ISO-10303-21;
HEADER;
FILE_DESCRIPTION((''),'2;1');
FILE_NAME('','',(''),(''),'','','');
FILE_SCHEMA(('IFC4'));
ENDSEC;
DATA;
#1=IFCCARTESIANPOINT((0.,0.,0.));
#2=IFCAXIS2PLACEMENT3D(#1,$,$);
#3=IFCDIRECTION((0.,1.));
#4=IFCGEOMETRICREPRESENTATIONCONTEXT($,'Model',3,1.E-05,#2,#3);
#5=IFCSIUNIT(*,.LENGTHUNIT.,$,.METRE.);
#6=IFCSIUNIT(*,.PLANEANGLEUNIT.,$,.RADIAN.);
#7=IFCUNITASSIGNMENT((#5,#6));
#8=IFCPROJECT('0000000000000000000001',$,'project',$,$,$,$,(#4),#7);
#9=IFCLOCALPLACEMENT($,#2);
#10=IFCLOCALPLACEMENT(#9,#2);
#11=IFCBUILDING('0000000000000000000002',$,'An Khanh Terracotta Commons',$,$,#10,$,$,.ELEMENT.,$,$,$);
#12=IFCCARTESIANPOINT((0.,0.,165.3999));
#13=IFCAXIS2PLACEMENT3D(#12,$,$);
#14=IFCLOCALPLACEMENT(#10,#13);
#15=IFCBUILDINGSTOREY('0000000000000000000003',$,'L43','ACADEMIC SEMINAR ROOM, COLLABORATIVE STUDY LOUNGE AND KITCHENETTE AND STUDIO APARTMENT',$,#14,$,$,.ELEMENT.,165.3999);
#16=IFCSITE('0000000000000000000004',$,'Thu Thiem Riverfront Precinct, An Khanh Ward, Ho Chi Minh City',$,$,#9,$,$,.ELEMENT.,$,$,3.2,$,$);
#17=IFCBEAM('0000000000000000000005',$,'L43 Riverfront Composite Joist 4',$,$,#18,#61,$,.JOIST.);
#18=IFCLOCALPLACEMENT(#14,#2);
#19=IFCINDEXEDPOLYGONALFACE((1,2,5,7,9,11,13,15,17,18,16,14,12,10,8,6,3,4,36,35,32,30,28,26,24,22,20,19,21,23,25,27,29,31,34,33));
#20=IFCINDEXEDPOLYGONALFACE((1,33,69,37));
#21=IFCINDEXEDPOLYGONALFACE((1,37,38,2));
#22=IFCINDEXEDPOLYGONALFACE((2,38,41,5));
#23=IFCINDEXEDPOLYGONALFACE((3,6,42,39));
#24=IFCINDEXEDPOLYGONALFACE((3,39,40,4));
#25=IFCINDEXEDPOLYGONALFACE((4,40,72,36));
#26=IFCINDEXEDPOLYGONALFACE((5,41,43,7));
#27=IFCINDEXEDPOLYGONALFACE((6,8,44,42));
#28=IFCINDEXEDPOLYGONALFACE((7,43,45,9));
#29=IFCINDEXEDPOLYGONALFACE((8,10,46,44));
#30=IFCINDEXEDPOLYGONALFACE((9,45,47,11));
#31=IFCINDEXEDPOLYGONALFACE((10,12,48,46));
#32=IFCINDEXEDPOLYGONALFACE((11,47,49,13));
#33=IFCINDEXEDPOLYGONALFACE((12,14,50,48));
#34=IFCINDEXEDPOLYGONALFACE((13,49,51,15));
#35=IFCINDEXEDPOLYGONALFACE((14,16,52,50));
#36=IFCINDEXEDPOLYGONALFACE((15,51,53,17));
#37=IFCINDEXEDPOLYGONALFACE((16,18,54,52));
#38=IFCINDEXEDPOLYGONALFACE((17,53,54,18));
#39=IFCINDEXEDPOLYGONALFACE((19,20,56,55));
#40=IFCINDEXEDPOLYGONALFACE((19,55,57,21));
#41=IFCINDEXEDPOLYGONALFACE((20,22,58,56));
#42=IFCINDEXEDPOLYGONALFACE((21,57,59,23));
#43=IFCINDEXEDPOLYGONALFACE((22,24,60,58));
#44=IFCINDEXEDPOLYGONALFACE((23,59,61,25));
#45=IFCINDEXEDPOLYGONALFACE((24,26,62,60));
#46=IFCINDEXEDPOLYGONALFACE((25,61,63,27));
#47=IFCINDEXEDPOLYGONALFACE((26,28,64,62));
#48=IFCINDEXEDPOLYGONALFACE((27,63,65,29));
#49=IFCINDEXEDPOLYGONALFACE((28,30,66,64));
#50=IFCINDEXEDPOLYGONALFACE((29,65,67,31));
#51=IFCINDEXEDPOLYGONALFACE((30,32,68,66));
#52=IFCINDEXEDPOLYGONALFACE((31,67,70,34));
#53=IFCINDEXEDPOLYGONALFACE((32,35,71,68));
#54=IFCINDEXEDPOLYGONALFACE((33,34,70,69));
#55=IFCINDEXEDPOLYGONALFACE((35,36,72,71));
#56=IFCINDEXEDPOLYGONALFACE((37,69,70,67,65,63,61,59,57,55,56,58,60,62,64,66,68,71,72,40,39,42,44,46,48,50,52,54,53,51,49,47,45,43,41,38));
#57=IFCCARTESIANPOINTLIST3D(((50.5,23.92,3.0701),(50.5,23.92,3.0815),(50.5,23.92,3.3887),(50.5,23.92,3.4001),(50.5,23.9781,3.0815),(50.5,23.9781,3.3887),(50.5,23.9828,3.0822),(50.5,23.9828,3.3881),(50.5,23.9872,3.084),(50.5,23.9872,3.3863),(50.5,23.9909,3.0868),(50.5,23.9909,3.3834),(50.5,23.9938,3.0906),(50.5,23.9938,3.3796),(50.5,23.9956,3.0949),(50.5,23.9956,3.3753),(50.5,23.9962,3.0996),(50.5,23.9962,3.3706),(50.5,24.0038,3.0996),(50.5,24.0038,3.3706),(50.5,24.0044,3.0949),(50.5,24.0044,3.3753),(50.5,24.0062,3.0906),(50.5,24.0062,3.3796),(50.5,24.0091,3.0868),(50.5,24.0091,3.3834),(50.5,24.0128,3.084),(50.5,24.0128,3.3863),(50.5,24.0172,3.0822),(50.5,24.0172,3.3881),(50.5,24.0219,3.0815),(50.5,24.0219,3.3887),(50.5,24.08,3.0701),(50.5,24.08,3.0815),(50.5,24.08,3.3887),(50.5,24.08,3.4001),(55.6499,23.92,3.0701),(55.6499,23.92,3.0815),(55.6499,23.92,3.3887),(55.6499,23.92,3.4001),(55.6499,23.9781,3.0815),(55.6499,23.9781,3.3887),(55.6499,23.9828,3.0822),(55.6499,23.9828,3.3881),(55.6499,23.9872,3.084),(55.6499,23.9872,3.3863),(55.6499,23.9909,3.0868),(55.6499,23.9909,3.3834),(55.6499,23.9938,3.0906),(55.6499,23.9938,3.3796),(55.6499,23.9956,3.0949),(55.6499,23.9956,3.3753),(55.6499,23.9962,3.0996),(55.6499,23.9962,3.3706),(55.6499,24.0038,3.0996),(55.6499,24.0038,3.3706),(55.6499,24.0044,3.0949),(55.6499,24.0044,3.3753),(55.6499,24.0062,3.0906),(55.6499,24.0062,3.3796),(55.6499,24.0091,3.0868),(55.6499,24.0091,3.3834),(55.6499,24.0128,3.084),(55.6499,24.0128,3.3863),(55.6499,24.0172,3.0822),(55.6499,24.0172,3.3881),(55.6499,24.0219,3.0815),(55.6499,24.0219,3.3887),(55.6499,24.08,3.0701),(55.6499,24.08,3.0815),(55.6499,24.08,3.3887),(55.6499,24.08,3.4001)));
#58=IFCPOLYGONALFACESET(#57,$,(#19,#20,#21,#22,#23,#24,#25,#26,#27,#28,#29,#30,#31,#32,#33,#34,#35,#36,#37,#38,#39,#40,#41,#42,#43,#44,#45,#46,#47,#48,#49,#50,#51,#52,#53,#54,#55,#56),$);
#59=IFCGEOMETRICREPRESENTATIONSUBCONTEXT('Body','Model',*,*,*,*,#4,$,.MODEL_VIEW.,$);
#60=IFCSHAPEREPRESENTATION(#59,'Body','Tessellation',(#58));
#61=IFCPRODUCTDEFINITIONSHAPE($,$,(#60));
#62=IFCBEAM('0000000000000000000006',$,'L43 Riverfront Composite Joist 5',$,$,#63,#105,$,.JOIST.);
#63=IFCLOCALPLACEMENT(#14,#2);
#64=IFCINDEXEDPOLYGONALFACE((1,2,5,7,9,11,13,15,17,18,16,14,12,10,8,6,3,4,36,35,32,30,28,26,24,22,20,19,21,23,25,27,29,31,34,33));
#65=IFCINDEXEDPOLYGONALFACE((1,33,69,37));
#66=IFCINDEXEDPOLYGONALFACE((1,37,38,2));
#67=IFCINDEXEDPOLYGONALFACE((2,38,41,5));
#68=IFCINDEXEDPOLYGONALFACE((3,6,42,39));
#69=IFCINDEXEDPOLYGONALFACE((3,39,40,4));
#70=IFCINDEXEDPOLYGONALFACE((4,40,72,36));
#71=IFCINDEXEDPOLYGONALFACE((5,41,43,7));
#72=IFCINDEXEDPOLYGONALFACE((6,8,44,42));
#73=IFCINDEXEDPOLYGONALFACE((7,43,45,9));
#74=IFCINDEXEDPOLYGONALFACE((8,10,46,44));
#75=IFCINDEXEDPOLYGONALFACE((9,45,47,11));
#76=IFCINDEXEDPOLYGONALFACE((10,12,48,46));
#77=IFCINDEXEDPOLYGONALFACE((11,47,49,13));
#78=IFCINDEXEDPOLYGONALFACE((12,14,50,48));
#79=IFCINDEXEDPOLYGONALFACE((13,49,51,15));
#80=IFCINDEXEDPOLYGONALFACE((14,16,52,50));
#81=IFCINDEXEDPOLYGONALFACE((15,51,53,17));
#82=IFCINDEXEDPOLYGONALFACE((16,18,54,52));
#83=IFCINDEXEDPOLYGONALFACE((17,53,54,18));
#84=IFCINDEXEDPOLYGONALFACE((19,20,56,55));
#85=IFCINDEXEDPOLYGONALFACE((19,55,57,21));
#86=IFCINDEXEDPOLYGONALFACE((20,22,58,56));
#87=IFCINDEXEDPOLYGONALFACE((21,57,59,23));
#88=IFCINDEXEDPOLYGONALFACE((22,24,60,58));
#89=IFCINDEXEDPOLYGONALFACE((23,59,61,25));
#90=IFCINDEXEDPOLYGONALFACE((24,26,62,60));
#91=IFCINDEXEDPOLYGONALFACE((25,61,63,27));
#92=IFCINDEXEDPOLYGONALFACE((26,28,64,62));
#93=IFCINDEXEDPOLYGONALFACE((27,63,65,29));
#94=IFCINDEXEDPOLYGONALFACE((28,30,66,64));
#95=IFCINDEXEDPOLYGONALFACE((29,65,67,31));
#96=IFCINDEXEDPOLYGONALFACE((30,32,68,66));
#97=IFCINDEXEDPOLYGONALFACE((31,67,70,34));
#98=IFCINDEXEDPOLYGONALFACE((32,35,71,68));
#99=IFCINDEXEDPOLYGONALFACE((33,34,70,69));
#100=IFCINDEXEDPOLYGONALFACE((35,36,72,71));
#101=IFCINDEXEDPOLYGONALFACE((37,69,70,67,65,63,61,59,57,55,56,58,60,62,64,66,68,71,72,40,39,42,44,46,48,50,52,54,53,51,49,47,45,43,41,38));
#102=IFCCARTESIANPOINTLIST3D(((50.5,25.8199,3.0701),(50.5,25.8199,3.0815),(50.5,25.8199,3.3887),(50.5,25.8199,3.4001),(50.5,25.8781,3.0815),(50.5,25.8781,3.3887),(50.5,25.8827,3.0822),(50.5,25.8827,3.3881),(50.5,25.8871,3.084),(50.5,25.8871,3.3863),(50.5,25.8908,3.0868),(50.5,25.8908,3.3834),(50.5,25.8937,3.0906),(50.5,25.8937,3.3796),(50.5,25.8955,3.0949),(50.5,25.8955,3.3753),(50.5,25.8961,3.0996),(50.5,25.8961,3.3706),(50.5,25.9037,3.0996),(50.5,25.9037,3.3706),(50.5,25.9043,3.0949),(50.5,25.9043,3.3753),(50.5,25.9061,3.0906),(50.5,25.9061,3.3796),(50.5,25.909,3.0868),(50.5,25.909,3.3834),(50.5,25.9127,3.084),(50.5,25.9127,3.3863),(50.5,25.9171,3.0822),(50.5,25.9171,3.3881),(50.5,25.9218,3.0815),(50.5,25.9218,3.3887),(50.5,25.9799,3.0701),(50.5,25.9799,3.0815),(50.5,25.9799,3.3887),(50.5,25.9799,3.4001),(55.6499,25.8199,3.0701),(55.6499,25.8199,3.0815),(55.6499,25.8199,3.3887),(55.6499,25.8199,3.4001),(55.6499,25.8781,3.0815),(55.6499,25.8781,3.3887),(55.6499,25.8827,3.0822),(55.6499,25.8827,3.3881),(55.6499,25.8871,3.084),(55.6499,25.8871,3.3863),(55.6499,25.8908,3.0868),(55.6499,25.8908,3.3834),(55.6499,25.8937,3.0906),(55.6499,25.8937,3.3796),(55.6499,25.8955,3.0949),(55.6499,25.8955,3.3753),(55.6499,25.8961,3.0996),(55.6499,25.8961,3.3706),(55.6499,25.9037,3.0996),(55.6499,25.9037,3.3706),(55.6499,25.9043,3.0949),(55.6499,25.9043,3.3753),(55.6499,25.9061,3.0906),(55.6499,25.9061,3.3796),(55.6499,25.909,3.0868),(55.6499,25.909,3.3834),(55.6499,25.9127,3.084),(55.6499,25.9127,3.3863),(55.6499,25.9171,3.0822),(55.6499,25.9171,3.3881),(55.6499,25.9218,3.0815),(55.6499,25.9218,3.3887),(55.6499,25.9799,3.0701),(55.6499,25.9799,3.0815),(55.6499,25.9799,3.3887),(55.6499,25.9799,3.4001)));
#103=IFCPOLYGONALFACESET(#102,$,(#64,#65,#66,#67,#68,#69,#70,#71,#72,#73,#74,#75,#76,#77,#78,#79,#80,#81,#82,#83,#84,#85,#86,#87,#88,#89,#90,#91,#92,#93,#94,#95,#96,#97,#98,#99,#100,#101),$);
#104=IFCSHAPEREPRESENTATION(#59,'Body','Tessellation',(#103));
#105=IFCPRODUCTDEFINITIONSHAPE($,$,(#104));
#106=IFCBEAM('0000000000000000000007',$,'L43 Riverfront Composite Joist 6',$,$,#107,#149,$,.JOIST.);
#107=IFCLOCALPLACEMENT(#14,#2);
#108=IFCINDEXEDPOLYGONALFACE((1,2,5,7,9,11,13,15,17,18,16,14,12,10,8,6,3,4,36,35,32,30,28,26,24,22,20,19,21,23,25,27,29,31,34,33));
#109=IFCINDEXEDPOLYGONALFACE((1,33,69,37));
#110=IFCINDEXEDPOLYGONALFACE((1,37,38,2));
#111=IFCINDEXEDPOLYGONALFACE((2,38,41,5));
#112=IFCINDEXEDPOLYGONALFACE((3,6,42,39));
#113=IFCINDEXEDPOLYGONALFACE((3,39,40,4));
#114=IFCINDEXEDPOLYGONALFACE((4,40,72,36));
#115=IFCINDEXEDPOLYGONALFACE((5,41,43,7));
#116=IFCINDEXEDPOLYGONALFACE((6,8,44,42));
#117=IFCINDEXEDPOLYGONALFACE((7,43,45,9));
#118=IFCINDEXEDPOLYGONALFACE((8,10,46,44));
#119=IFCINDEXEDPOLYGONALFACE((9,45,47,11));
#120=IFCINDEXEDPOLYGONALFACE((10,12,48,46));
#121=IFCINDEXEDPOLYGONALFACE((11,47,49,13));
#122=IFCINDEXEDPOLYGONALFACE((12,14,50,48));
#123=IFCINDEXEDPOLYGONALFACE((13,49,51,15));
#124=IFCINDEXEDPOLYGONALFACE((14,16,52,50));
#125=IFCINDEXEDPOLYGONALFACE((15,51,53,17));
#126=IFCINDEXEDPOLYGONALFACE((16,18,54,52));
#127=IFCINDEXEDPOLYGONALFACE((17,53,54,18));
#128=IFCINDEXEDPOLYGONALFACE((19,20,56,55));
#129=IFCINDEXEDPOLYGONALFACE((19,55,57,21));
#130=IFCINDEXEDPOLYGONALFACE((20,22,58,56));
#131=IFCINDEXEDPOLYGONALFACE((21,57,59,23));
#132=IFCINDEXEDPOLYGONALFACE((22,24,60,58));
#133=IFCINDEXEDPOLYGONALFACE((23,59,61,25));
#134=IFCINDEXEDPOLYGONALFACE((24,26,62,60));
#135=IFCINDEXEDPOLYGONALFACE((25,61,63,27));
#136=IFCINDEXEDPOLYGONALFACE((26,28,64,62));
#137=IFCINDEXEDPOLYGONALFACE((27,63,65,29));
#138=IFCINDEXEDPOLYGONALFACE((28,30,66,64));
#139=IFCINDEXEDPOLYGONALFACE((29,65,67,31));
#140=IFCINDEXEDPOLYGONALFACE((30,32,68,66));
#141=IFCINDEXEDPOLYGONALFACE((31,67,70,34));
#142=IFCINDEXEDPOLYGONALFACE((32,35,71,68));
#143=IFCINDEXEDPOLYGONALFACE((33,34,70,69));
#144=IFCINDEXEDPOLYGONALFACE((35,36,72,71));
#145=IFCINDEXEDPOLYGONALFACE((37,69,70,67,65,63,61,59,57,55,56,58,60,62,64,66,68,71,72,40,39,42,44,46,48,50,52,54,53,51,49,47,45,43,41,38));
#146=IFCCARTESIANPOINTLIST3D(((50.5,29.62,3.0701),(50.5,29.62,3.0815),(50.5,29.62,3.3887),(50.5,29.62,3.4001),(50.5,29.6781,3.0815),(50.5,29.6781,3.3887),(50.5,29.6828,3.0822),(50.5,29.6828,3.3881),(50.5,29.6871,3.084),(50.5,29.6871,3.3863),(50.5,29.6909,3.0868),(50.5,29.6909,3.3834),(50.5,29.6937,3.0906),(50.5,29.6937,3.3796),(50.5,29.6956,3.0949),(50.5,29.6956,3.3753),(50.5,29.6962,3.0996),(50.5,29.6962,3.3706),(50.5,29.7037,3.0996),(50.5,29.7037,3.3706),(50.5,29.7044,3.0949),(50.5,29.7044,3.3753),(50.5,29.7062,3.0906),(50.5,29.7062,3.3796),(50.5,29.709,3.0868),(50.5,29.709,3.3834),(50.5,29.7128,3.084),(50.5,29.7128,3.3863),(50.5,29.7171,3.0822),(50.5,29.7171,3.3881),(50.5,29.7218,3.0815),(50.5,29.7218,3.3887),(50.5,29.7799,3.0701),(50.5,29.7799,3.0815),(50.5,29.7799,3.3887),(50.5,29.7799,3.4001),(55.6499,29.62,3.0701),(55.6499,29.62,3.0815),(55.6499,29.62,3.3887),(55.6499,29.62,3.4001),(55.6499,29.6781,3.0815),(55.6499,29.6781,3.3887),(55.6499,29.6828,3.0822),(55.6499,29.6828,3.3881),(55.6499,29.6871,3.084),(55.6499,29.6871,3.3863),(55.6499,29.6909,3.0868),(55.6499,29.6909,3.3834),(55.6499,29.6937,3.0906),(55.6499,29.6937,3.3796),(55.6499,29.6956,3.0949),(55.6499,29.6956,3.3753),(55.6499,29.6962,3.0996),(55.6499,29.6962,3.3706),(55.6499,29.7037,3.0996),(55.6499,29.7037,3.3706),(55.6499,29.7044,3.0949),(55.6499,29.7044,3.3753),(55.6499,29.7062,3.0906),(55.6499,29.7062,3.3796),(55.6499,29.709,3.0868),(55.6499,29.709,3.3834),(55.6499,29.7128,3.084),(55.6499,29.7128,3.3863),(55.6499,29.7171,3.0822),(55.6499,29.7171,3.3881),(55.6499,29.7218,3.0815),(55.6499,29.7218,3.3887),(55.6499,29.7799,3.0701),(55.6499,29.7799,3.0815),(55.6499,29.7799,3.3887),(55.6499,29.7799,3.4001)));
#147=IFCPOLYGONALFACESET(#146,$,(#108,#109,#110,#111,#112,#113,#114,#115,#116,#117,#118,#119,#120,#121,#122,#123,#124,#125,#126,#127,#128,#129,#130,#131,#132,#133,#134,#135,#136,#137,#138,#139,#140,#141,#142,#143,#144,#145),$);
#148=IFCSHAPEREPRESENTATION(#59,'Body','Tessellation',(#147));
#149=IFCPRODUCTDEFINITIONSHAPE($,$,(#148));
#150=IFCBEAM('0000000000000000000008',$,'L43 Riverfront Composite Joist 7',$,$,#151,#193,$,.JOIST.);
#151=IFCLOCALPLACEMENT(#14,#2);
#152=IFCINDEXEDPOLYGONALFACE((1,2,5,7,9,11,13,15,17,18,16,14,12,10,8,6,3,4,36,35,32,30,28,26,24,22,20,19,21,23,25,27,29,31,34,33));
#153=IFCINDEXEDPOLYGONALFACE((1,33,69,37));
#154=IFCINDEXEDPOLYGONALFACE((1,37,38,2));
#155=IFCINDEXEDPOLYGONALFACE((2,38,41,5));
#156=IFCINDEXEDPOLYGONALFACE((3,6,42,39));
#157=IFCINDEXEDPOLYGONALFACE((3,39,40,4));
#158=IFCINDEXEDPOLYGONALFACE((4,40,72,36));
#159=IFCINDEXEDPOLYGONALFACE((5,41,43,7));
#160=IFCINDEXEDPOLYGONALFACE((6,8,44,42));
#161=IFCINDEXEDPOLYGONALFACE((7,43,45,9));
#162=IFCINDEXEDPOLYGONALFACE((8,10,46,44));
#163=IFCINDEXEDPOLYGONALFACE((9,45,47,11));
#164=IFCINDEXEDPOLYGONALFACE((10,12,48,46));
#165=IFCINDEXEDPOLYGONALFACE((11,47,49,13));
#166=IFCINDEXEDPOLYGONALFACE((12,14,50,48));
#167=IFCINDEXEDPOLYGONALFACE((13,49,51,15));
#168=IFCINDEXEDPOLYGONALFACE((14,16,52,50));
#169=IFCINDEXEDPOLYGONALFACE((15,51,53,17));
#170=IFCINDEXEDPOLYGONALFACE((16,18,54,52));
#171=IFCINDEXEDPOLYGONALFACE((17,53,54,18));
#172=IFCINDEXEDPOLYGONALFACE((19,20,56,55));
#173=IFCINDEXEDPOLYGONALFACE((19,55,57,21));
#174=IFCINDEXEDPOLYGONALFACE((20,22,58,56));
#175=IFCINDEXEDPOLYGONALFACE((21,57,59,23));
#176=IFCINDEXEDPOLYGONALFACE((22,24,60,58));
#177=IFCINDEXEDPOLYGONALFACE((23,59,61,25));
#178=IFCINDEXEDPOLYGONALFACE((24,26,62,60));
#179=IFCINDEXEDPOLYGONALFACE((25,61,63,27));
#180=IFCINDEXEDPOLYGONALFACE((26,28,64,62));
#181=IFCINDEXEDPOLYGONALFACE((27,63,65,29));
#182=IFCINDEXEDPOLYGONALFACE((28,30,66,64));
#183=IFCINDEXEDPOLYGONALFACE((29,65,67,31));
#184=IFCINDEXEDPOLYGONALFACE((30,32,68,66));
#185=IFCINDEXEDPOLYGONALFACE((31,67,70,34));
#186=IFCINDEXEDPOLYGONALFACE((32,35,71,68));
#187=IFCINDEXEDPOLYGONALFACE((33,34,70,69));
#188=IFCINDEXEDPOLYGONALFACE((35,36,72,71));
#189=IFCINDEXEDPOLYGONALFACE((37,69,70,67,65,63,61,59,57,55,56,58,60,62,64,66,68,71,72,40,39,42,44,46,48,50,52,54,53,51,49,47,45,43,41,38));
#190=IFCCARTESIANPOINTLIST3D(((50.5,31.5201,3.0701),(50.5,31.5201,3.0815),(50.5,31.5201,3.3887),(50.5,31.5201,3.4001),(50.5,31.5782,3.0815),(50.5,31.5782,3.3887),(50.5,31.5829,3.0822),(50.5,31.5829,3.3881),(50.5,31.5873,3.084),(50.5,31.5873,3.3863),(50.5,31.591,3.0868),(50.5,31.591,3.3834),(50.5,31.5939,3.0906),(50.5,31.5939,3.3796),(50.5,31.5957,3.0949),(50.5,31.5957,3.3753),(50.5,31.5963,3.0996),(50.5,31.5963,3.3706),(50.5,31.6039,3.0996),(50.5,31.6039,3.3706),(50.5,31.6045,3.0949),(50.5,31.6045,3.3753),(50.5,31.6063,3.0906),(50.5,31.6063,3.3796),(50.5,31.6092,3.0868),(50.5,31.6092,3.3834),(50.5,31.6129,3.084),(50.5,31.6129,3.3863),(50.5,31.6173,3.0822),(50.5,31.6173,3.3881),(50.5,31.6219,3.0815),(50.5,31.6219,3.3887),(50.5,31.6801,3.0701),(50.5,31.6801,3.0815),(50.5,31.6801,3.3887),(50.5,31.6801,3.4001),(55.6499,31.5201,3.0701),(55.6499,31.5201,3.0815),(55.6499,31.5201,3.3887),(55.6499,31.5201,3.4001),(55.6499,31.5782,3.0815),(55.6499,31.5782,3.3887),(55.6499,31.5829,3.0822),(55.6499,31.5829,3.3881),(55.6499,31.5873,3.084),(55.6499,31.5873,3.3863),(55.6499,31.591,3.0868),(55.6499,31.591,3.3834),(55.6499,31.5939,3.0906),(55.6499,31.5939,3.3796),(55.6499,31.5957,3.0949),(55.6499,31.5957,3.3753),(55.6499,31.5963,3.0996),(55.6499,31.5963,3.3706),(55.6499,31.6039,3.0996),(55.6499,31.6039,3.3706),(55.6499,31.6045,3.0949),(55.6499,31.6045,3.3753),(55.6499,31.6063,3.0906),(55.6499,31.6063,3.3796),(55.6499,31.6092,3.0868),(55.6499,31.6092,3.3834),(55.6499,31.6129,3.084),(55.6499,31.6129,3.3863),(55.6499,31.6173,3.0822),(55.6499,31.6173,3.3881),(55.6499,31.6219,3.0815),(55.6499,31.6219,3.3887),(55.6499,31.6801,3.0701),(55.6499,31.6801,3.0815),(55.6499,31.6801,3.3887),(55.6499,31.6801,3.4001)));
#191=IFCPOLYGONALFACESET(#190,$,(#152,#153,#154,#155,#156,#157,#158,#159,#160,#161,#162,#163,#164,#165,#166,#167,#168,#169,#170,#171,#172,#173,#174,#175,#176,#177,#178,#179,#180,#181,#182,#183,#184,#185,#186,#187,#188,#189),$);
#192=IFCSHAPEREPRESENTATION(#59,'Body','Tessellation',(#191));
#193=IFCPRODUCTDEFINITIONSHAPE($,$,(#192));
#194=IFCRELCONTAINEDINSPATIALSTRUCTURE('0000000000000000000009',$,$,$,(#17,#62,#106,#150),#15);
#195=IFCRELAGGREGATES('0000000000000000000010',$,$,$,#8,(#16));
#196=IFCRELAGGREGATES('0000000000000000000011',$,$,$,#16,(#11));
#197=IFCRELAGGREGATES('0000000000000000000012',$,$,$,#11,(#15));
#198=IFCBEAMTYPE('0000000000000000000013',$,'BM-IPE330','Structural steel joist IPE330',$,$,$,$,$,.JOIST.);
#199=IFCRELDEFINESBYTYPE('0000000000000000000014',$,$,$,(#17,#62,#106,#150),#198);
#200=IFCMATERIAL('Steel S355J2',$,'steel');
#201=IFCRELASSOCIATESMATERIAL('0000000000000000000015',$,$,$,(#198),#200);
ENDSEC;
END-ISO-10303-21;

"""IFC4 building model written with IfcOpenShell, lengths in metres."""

from ifc_helpers import new_model, si_unit, direction, frame, origin, origin_2d, place, context, subcontext, project, spatial, i_section, extrude, material, material_profile, profile_set, type_object, element, save


model = new_model("IFC4")

# Units and contexts
model_context = context("Model", 3, precision=1e-05, world=origin(), true_north=direction((0.0, 1.0)))
body_context = subcontext(model_context, "Body", "Model", "MODEL_VIEW")
ifc_project = project(units=[si_unit("LENGTHUNIT", "METRE"), si_unit("PLANEANGLEUNIT", "RADIAN")], contexts=[model_context])

# Site, building, storey
site_placement = place(None, origin())
site = spatial("IfcSite", under=ifc_project, at=site_placement, Name="Thu Thiem Riverfront Precinct, An Khanh Ward, Ho Chi Minh City", CompositionType="ELEMENT", RefElevation=3.2)
building_placement = place(site_placement, origin())
building = spatial("IfcBuilding", under=site, at=building_placement, Name="An Khanh Terracotta Commons", CompositionType="ELEMENT")
storey_placement = place(building_placement, frame((0.0, 0.0, 165.3999)))
storey = spatial("IfcBuildingStorey", under=building, at=storey_placement, Name="L43", Description="ACADEMIC SEMINAR ROOM, COLLABORATIVE STUDY LOUNGE AND KITCHENETTE AND STUDIO APARTMENT", CompositionType="ELEMENT", Elevation=165.3999)

# Beams
ifc_material_1 = material(Name="Steel S355J2", Category="steel")
ifc_material_profile_1 = material_profile(ifc_material_1, i_section(OverallWidth=0.1599, OverallDepth=0.3301, WebThickness=0.0076, FlangeThickness=0.0115, FilletRadius=0.0181, at=origin_2d()), Name="IPE330")
ifc_profile_set_1 = profile_set([ifc_material_profile_1], Name="Steel S355J2")
beam_type_1 = type_object("IfcBeamType", Name="BM-IPE330", Description="Structural steel joist IPE330", PredefinedType="JOIST", material=ifc_profile_set_1)
for number, where, z_axis, x_axis, name in (
    (1, (50.5, 24.0, 3.2351), (1.0, 0.0, 0.0), (0.0, 1.0, 0.0), "L43 Riverfront Composite Joist 4"),
    (2, (50.5, 25.8999, 3.2351), (1.0, 0.0, 0.0), (0.0, 1.0, 0.0), "L43 Riverfront Composite Joist 5"),
    (3, (50.5, 29.7, 3.2351), (1.0, 0.0, 0.0), (0.0, 1.0, 0.0), "L43 Riverfront Composite Joist 6"),
    (4, (50.5, 31.6001, 3.2351), (1.0, 0.0, 0.0), (0.0, 1.0, 0.0), "L43 Riverfront Composite Joist 7"),
):
    element("IfcBeam", number, at=place(storey_placement, frame(where, z_axis=z_axis, x_axis=x_axis)), inside=storey, type_object=beam_type_1, Name=name, PredefinedType="JOIST", context=body_context, shape_type="SweptSolid", body=[
        extrude(i_section(OverallWidth=0.1599, OverallDepth=0.3301, WebThickness=0.0076, FlangeThickness=0.0115, FilletRadius=0.0181, at=origin_2d()), origin(), (0.0, 0.0, 1.0), 5.1499),
    ])

save(model, "model.ifc")
